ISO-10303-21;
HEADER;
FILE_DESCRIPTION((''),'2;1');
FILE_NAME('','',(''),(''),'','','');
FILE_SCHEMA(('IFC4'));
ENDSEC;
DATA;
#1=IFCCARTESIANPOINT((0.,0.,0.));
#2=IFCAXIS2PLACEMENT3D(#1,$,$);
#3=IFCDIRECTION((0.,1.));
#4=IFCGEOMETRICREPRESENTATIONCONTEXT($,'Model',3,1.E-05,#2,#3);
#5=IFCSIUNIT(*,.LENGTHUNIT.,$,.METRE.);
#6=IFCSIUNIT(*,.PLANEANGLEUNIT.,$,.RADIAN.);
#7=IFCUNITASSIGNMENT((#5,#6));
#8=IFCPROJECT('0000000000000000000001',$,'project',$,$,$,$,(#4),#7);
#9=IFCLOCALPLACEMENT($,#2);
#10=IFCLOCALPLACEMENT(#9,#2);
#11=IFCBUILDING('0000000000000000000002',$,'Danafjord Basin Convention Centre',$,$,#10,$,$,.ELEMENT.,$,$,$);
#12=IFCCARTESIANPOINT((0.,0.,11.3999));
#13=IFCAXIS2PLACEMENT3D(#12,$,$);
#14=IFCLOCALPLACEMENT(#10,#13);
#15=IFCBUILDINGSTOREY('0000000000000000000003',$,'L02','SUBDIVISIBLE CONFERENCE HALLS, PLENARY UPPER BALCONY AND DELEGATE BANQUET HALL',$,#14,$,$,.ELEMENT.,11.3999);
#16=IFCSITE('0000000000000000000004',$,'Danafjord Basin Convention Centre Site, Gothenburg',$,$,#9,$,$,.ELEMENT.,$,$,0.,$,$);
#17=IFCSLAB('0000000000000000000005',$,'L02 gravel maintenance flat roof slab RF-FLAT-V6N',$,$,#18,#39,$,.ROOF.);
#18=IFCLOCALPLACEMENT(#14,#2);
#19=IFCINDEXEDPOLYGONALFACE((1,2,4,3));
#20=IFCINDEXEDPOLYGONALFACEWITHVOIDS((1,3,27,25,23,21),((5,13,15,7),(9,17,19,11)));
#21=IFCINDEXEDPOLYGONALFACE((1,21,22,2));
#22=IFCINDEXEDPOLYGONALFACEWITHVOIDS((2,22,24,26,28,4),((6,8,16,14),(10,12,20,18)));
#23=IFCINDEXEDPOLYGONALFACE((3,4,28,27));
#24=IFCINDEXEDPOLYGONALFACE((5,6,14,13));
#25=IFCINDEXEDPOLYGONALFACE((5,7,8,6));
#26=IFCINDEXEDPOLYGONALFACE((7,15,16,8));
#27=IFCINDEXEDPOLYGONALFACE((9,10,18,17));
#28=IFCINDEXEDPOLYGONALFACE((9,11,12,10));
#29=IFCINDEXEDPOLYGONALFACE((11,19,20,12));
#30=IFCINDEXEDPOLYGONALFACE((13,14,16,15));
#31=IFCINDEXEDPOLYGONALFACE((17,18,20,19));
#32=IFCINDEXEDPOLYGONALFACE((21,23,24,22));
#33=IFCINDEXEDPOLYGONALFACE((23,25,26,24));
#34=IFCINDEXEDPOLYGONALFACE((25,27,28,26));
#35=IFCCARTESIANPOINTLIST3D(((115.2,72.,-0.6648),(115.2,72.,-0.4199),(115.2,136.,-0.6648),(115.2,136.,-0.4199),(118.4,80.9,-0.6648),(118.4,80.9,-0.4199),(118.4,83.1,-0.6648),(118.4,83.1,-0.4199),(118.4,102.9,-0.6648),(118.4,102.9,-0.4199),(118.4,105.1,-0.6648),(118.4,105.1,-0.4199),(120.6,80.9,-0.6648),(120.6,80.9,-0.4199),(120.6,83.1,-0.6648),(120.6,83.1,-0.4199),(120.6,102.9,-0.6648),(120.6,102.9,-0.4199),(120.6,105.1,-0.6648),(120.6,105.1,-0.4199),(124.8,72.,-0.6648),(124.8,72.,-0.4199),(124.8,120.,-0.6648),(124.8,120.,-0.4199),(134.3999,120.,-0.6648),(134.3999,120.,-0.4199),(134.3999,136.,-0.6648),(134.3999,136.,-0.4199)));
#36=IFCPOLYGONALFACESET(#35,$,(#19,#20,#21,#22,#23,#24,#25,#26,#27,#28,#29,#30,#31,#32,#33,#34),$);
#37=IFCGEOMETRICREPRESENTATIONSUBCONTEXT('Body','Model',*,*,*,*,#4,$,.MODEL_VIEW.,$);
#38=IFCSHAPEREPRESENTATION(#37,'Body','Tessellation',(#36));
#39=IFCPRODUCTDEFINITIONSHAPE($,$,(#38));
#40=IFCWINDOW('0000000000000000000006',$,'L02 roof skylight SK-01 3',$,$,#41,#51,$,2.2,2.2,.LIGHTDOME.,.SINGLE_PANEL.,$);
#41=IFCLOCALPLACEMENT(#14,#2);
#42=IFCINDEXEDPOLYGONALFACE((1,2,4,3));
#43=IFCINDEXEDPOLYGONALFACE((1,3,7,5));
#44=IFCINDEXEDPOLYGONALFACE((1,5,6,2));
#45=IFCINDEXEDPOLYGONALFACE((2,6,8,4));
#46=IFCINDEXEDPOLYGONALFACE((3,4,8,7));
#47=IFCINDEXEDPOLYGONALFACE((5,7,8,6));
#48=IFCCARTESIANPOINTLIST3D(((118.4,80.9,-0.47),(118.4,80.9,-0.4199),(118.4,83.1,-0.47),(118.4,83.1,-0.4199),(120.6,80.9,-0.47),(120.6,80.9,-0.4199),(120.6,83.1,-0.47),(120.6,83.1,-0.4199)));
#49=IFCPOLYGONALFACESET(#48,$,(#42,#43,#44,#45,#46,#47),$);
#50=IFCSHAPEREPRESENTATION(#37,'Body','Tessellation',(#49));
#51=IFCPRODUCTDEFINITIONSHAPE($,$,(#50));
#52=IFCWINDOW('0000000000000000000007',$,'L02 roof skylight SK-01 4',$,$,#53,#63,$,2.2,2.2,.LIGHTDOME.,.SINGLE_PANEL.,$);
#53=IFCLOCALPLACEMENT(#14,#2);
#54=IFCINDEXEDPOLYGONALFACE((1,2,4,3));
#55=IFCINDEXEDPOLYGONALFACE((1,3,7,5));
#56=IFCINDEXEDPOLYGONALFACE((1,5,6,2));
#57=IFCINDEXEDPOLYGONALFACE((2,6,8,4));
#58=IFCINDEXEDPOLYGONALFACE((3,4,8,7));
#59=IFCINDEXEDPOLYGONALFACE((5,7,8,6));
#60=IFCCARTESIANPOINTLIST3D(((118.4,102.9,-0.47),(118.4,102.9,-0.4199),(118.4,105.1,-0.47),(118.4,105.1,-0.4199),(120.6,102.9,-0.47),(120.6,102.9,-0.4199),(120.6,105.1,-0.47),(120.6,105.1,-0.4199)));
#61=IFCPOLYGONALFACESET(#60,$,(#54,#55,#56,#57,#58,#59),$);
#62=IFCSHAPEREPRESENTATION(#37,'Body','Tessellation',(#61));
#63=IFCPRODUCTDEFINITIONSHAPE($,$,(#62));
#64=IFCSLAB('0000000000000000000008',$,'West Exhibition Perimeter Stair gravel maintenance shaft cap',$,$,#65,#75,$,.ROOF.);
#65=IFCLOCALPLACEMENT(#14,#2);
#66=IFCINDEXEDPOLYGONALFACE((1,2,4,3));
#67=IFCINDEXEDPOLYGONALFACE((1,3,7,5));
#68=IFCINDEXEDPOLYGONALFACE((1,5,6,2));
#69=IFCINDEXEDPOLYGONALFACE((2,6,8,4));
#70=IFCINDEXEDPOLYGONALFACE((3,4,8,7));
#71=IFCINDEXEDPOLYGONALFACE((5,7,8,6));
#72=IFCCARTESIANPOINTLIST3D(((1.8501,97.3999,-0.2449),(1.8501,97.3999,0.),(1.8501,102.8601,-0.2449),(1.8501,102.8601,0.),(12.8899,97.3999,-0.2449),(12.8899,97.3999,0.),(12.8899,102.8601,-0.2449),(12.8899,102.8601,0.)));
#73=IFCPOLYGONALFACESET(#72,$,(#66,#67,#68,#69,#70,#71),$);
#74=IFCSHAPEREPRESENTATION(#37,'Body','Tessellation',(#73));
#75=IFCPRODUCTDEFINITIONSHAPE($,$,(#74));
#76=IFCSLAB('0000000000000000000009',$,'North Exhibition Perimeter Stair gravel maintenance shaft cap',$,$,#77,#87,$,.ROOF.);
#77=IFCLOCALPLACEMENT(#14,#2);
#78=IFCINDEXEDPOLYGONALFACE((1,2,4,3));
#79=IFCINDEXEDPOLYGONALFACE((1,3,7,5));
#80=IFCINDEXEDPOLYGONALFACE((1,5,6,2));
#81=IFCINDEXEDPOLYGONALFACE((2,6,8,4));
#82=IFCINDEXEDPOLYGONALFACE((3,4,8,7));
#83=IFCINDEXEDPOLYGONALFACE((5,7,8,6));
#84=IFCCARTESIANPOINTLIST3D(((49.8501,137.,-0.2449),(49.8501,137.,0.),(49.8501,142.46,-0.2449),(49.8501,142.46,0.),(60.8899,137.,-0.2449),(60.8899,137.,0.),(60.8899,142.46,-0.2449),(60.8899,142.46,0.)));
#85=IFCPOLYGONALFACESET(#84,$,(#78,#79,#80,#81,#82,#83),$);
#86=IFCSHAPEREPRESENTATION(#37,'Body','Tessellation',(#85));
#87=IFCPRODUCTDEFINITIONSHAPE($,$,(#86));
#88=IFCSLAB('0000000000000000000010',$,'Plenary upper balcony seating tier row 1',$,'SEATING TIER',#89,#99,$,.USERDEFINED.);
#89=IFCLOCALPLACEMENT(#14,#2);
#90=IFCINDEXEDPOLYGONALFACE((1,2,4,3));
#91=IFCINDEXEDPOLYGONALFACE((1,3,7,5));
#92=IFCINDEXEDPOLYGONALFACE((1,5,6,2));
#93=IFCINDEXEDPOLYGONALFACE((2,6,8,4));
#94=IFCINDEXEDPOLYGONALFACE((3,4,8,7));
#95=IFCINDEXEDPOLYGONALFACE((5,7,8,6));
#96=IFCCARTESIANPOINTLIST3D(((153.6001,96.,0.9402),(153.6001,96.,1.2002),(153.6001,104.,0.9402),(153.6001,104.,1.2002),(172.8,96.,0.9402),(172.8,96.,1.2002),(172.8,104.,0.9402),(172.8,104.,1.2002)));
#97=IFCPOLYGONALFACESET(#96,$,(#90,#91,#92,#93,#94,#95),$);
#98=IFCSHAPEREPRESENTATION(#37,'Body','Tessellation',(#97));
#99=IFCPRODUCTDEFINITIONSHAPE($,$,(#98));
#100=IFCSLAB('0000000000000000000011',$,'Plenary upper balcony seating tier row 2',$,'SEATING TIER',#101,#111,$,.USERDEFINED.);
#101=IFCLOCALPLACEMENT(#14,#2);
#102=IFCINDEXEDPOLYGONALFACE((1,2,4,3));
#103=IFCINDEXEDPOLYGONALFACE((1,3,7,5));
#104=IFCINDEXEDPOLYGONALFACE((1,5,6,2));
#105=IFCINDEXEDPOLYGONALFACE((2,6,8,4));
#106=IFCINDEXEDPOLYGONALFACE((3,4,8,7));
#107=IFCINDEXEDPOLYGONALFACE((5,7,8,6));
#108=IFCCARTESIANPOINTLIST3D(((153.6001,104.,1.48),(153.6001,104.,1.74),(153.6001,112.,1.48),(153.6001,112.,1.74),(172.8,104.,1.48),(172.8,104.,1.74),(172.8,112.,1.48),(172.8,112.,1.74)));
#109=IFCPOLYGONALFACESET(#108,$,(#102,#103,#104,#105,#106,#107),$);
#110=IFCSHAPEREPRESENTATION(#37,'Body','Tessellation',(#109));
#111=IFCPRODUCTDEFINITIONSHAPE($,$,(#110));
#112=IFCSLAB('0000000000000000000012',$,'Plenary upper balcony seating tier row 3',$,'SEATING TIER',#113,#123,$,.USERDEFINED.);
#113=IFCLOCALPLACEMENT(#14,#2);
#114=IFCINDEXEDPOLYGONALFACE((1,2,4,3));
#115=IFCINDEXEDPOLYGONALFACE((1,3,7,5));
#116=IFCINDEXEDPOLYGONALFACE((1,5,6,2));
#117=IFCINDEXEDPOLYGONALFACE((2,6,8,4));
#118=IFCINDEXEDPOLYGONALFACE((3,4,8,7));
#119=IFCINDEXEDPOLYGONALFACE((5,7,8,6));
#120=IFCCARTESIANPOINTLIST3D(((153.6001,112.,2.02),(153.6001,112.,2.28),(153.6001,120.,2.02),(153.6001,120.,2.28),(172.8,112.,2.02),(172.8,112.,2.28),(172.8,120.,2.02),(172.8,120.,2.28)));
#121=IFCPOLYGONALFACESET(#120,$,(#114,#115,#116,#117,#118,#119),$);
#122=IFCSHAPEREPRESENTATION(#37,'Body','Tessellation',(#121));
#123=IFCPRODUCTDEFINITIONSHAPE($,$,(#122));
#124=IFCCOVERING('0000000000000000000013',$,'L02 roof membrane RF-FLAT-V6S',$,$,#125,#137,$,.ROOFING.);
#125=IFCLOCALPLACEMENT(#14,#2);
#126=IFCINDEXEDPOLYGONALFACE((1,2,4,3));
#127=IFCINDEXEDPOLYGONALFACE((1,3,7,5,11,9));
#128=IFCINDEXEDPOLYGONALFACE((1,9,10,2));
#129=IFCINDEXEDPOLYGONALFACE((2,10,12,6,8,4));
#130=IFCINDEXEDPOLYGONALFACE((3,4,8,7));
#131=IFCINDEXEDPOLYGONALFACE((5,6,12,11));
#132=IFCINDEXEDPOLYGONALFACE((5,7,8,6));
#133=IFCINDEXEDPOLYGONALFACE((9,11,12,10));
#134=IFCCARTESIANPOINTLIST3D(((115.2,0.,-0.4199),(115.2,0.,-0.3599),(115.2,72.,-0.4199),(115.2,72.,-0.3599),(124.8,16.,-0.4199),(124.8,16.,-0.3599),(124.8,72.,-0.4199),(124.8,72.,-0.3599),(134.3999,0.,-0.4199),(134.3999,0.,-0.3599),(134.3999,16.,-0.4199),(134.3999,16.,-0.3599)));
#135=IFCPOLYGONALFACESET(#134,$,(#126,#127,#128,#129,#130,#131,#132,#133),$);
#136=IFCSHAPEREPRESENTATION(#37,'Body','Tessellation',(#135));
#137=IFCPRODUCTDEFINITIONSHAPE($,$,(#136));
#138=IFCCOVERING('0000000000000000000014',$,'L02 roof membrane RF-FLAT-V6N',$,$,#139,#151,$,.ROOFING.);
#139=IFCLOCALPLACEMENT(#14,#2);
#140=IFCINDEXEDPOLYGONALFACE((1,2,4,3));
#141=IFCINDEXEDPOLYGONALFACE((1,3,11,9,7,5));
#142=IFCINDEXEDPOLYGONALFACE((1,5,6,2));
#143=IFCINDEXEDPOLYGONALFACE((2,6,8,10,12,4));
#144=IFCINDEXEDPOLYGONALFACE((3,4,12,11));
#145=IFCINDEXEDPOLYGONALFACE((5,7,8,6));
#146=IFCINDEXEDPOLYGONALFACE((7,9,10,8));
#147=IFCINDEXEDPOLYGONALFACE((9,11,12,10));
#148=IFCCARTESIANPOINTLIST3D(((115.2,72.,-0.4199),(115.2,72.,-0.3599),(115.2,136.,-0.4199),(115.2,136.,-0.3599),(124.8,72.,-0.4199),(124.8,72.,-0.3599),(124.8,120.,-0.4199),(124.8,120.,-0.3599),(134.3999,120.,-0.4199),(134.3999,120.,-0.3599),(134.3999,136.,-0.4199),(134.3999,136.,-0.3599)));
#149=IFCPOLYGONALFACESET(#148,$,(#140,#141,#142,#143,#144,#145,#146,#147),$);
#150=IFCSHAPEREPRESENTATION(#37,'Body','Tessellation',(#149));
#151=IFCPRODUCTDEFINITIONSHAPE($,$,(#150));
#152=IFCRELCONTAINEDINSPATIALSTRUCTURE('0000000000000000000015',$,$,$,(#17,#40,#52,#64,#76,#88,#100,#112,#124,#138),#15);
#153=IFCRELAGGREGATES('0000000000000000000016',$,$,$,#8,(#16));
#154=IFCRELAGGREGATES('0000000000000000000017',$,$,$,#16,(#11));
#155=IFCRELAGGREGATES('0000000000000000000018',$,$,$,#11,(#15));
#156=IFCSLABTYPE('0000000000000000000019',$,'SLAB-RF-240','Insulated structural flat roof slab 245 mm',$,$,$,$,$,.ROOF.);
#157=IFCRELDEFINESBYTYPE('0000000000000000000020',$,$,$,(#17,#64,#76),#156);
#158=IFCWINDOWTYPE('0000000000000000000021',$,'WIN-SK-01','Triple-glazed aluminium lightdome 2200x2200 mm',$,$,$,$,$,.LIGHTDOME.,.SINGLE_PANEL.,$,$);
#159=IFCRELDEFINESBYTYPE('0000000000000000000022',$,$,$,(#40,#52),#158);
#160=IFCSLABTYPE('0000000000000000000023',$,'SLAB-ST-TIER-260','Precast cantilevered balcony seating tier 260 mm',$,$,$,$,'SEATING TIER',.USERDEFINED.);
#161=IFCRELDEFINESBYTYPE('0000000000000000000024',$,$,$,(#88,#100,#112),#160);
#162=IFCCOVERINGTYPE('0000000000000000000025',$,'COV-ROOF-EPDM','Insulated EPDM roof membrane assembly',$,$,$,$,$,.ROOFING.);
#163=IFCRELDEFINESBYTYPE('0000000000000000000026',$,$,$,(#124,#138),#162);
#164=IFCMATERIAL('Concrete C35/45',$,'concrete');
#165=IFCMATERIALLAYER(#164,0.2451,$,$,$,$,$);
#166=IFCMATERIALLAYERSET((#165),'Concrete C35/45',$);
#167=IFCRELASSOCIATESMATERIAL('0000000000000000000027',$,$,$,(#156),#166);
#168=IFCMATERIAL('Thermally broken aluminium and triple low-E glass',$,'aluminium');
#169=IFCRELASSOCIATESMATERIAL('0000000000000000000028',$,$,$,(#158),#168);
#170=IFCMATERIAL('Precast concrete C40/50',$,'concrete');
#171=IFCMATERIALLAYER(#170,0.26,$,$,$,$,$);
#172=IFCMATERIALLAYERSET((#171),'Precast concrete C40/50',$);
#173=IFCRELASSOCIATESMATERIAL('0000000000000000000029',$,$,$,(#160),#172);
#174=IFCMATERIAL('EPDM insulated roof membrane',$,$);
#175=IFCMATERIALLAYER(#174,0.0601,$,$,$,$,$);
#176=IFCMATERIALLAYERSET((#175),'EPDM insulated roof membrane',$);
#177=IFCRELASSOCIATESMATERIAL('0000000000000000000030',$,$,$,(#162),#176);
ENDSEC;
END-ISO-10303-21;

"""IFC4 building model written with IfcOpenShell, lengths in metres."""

from ifc_helpers import new_model, si_unit, direction, frame, origin, origin_2d, place, context, subcontext, project, spatial, polyline, rectangle, outline, extrude, material, layer, layer_set, type_object, element, fill, save


model = new_model("IFC4")

# Units and contexts
model_context = context("Model", 3, precision=1e-05, world=origin(), true_north=direction((0.0, 1.0)))
body_context = subcontext(model_context, "Body", "Model", "MODEL_VIEW")
ifc_project = project(units=[si_unit("LENGTHUNIT", "METRE"), si_unit("PLANEANGLEUNIT", "RADIAN")], contexts=[model_context])

# Site, building, storey
site_placement = place(None, origin())
site = spatial("IfcSite", under=ifc_project, at=site_placement, Name="Danafjord Basin Convention Centre Site, Gothenburg", CompositionType="ELEMENT", RefElevation=0.0)
building_placement = place(site_placement, origin())
building = spatial("IfcBuilding", under=site, at=building_placement, Name="Danafjord Basin Convention Centre", CompositionType="ELEMENT")
storey_placement = place(building_placement, frame((0.0, 0.0, 11.3999)))
storey = spatial("IfcBuildingStorey", under=building, at=storey_placement, Name="L02", Description="SUBDIVISIBLE CONFERENCE HALLS, PLENARY UPPER BALCONY AND DELEGATE BANQUET HALL", CompositionType="ELEMENT", Elevation=11.3999)

# Shared definitions
ifc_material_1 = material(Name="Concrete C35/45", Category="concrete")

# Slab, openings, windows
ifc_layer_1 = layer(ifc_material_1, 0.2451)
ifc_layer_set_1 = layer_set([ifc_layer_1], Name="Concrete C35/45")
slab_type_1 = type_object("IfcSlabType", Name="SLAB-RF-240", Description="Insulated structural flat roof slab 245 mm", PredefinedType="ROOF", material=ifc_layer_set_1)
ifc_material_2 = material(Name="Thermally broken aluminium and triple low-E glass", Category="aluminium")
window_type = type_object("IfcWindowType", Name="WIN-SK-01", Description="Triple-glazed aluminium lightdome 2200x2200 mm", PartitioningType="SINGLE_PANEL", PredefinedType="LIGHTDOME", material=ifc_material_2)
slab_1_placement = place(storey_placement, frame((0.0, 0.0, -0.6648)))
slab_1 = element("IfcSlab", 1, at=slab_1_placement, inside=storey, type_object=slab_type_1, Name="L02 gravel maintenance flat roof slab RF-FLAT-V6N", PredefinedType="ROOF", context=body_context, shape_type="SweptSolid", body=[
    extrude(outline(polyline([(115.2, 72.0), (115.2, 136.0), (134.3999, 136.0), (134.3999, 120.0), (124.8, 120.0), (124.8, 72.0), (115.2, 72.0)])), origin(), (0.0, 0.0, 1.0), 0.2449),
])
opening_1_placement = place(slab_1_placement, frame((119.5, 82.0, -0.01)))
opening_1 = element("IfcOpeningElement", 2, at=opening_1_placement, cuts=slab_1, PredefinedType="OPENING", context=body_context, shape_type="SweptSolid", body=[
    extrude(rectangle(XDim=2.2, YDim=2.2, at=origin_2d()), origin(), (0.0, 0.0, 1.0), 0.2649),
])
opening_2_placement = place(slab_1_placement, frame((119.5, 104.0, -0.01)))
opening_2 = element("IfcOpeningElement", 3, at=opening_2_placement, cuts=slab_1, PredefinedType="OPENING", context=body_context, shape_type="SweptSolid", body=[
    extrude(rectangle(XDim=2.2, YDim=2.2, at=origin_2d()), origin(), (0.0, 0.0, 1.0), 0.2649),
])
window_1_placement = place(slab_1_placement, frame((119.5, 82.0, 0.1948)))
window_1 = element("IfcWindow", 4, at=window_1_placement, inside=storey, type_object=window_type, Name="L02 roof skylight SK-01 3", OverallHeight=2.2, OverallWidth=2.2, PartitioningType="SINGLE_PANEL", PredefinedType="LIGHTDOME", context=body_context, shape_type="SweptSolid", body=[
    extrude(rectangle(XDim=2.2, YDim=2.2, at=origin_2d()), origin(), (0.0, 0.0, 1.0), 0.05),
])
fill(opening_1, window_1)
window_2_placement = place(slab_1_placement, frame((119.5, 104.0, 0.1948)))
window_2 = element("IfcWindow", 5, at=window_2_placement, inside=storey, type_object=window_type, Name="L02 roof skylight SK-01 4", OverallHeight=2.2, OverallWidth=2.2, PartitioningType="SINGLE_PANEL", PredefinedType="LIGHTDOME", context=body_context, shape_type="SweptSolid", body=[
    extrude(rectangle(XDim=2.2, YDim=2.2, at=origin_2d()), origin(), (0.0, 0.0, 1.0), 0.05),
])
fill(opening_2, window_2)

# Slabs
slab_2_placement = place(storey_placement, frame((0.0, 0.0, -0.2449)))
element("IfcSlab", 6, at=slab_2_placement, inside=storey, type_object=slab_type_1, Name="West Exhibition Perimeter Stair gravel maintenance shaft cap", PredefinedType="ROOF", context=body_context, shape_type="SweptSolid", body=[
    extrude(outline(polyline([(1.8501, 97.3999), (12.8899, 97.3999), (12.8899, 102.8601), (1.8501, 102.8601), (1.8501, 97.3999)])), origin(), (0.0, 0.0, 1.0), 0.2449),
])
slab_3_placement = place(storey_placement, frame((0.0, 0.0, -0.2449)))
element("IfcSlab", 7, at=slab_3_placement, inside=storey, type_object=slab_type_1, Name="North Exhibition Perimeter Stair gravel maintenance shaft cap", PredefinedType="ROOF", context=body_context, shape_type="SweptSolid", body=[
    extrude(outline(polyline([(49.8501, 137.0), (60.8899, 137.0), (60.8899, 142.46), (49.8501, 142.46), (49.8501, 137.0)])), origin(), (0.0, 0.0, 1.0), 0.2449),
])
ifc_material_3 = material(Name="Precast concrete C40/50", Category="concrete")
ifc_layer_2 = layer(ifc_material_3, 0.26)
ifc_layer_set_2 = layer_set([ifc_layer_2], Name="Precast concrete C40/50")
slab_type_2 = type_object("IfcSlabType", Name="SLAB-ST-TIER-260", Description="Precast cantilevered balcony seating tier 260 mm", ElementType="SEATING TIER", PredefinedType="USERDEFINED", material=ifc_layer_set_2)
slab_4_placement = place(storey_placement, frame((0.0, 0.0, 0.9402)))
element("IfcSlab", 8, at=slab_4_placement, inside=storey, type_object=slab_type_2, Name="Plenary upper balcony seating tier row 1", ObjectType="SEATING TIER", PredefinedType="USERDEFINED", context=body_context, shape_type="SweptSolid", body=[
    extrude(outline(polyline([(153.6001, 96.0), (172.8, 96.0), (172.8, 104.0), (153.6001, 104.0), (153.6001, 96.0)])), origin(), (0.0, 0.0, 1.0), 0.26),
])
slab_5_placement = place(storey_placement, frame((0.0, 0.0, 1.48)))
element("IfcSlab", 9, at=slab_5_placement, inside=storey, type_object=slab_type_2, Name="Plenary upper balcony seating tier row 2", ObjectType="SEATING TIER", PredefinedType="USERDEFINED", context=body_context, shape_type="SweptSolid", body=[
    extrude(outline(polyline([(153.6001, 104.0), (172.8, 104.0), (172.8, 112.0), (153.6001, 112.0), (153.6001, 104.0)])), origin(), (0.0, 0.0, 1.0), 0.26),
])
slab_6_placement = place(storey_placement, frame((0.0, 0.0, 2.02)))
element("IfcSlab", 10, at=slab_6_placement, inside=storey, type_object=slab_type_2, Name="Plenary upper balcony seating tier row 3", ObjectType="SEATING TIER", PredefinedType="USERDEFINED", context=body_context, shape_type="SweptSolid", body=[
    extrude(outline(polyline([(153.6001, 112.0), (172.8, 112.0), (172.8, 120.0), (153.6001, 120.0), (153.6001, 112.0)])), origin(), (0.0, 0.0, 1.0), 0.26),
])

# Coverings
ifc_material_4 = material(Name="EPDM insulated roof membrane")
ifc_layer_3 = layer(ifc_material_4, 0.0601)
ifc_layer_set_3 = layer_set([ifc_layer_3], Name="EPDM insulated roof membrane")
covering_type = type_object("IfcCoveringType", Name="COV-ROOF-EPDM", Description="Insulated EPDM roof membrane assembly", PredefinedType="ROOFING", material=ifc_layer_set_3)
covering_1_placement = place(storey_placement, frame((0.0, 0.0, -0.4199)))
element("IfcCovering", 11, at=covering_1_placement, inside=storey, type_object=covering_type, Name="L02 roof membrane RF-FLAT-V6S", PredefinedType="ROOFING", context=body_context, shape_type="SweptSolid", body=[
    extrude(outline(polyline([(115.2, 0.0), (115.2, 72.0), (124.8, 72.0), (124.8, 16.0), (134.3999, 16.0), (134.3999, 0.0), (115.2, 0.0)])), origin(), (0.0, 0.0, 1.0), 0.0601),
])
covering_2_placement = place(storey_placement, frame((0.0, 0.0, -0.4199)))
element("IfcCovering", 12, at=covering_2_placement, inside=storey, type_object=covering_type, Name="L02 roof membrane RF-FLAT-V6N", PredefinedType="ROOFING", context=body_context, shape_type="SweptSolid", body=[
    extrude(outline(polyline([(115.2, 72.0), (115.2, 136.0), (134.3999, 136.0), (134.3999, 120.0), (124.8, 120.0), (124.8, 72.0), (115.2, 72.0)])), origin(), (0.0, 0.0, 1.0), 0.0601),
])

save(model, "model.ifc")
